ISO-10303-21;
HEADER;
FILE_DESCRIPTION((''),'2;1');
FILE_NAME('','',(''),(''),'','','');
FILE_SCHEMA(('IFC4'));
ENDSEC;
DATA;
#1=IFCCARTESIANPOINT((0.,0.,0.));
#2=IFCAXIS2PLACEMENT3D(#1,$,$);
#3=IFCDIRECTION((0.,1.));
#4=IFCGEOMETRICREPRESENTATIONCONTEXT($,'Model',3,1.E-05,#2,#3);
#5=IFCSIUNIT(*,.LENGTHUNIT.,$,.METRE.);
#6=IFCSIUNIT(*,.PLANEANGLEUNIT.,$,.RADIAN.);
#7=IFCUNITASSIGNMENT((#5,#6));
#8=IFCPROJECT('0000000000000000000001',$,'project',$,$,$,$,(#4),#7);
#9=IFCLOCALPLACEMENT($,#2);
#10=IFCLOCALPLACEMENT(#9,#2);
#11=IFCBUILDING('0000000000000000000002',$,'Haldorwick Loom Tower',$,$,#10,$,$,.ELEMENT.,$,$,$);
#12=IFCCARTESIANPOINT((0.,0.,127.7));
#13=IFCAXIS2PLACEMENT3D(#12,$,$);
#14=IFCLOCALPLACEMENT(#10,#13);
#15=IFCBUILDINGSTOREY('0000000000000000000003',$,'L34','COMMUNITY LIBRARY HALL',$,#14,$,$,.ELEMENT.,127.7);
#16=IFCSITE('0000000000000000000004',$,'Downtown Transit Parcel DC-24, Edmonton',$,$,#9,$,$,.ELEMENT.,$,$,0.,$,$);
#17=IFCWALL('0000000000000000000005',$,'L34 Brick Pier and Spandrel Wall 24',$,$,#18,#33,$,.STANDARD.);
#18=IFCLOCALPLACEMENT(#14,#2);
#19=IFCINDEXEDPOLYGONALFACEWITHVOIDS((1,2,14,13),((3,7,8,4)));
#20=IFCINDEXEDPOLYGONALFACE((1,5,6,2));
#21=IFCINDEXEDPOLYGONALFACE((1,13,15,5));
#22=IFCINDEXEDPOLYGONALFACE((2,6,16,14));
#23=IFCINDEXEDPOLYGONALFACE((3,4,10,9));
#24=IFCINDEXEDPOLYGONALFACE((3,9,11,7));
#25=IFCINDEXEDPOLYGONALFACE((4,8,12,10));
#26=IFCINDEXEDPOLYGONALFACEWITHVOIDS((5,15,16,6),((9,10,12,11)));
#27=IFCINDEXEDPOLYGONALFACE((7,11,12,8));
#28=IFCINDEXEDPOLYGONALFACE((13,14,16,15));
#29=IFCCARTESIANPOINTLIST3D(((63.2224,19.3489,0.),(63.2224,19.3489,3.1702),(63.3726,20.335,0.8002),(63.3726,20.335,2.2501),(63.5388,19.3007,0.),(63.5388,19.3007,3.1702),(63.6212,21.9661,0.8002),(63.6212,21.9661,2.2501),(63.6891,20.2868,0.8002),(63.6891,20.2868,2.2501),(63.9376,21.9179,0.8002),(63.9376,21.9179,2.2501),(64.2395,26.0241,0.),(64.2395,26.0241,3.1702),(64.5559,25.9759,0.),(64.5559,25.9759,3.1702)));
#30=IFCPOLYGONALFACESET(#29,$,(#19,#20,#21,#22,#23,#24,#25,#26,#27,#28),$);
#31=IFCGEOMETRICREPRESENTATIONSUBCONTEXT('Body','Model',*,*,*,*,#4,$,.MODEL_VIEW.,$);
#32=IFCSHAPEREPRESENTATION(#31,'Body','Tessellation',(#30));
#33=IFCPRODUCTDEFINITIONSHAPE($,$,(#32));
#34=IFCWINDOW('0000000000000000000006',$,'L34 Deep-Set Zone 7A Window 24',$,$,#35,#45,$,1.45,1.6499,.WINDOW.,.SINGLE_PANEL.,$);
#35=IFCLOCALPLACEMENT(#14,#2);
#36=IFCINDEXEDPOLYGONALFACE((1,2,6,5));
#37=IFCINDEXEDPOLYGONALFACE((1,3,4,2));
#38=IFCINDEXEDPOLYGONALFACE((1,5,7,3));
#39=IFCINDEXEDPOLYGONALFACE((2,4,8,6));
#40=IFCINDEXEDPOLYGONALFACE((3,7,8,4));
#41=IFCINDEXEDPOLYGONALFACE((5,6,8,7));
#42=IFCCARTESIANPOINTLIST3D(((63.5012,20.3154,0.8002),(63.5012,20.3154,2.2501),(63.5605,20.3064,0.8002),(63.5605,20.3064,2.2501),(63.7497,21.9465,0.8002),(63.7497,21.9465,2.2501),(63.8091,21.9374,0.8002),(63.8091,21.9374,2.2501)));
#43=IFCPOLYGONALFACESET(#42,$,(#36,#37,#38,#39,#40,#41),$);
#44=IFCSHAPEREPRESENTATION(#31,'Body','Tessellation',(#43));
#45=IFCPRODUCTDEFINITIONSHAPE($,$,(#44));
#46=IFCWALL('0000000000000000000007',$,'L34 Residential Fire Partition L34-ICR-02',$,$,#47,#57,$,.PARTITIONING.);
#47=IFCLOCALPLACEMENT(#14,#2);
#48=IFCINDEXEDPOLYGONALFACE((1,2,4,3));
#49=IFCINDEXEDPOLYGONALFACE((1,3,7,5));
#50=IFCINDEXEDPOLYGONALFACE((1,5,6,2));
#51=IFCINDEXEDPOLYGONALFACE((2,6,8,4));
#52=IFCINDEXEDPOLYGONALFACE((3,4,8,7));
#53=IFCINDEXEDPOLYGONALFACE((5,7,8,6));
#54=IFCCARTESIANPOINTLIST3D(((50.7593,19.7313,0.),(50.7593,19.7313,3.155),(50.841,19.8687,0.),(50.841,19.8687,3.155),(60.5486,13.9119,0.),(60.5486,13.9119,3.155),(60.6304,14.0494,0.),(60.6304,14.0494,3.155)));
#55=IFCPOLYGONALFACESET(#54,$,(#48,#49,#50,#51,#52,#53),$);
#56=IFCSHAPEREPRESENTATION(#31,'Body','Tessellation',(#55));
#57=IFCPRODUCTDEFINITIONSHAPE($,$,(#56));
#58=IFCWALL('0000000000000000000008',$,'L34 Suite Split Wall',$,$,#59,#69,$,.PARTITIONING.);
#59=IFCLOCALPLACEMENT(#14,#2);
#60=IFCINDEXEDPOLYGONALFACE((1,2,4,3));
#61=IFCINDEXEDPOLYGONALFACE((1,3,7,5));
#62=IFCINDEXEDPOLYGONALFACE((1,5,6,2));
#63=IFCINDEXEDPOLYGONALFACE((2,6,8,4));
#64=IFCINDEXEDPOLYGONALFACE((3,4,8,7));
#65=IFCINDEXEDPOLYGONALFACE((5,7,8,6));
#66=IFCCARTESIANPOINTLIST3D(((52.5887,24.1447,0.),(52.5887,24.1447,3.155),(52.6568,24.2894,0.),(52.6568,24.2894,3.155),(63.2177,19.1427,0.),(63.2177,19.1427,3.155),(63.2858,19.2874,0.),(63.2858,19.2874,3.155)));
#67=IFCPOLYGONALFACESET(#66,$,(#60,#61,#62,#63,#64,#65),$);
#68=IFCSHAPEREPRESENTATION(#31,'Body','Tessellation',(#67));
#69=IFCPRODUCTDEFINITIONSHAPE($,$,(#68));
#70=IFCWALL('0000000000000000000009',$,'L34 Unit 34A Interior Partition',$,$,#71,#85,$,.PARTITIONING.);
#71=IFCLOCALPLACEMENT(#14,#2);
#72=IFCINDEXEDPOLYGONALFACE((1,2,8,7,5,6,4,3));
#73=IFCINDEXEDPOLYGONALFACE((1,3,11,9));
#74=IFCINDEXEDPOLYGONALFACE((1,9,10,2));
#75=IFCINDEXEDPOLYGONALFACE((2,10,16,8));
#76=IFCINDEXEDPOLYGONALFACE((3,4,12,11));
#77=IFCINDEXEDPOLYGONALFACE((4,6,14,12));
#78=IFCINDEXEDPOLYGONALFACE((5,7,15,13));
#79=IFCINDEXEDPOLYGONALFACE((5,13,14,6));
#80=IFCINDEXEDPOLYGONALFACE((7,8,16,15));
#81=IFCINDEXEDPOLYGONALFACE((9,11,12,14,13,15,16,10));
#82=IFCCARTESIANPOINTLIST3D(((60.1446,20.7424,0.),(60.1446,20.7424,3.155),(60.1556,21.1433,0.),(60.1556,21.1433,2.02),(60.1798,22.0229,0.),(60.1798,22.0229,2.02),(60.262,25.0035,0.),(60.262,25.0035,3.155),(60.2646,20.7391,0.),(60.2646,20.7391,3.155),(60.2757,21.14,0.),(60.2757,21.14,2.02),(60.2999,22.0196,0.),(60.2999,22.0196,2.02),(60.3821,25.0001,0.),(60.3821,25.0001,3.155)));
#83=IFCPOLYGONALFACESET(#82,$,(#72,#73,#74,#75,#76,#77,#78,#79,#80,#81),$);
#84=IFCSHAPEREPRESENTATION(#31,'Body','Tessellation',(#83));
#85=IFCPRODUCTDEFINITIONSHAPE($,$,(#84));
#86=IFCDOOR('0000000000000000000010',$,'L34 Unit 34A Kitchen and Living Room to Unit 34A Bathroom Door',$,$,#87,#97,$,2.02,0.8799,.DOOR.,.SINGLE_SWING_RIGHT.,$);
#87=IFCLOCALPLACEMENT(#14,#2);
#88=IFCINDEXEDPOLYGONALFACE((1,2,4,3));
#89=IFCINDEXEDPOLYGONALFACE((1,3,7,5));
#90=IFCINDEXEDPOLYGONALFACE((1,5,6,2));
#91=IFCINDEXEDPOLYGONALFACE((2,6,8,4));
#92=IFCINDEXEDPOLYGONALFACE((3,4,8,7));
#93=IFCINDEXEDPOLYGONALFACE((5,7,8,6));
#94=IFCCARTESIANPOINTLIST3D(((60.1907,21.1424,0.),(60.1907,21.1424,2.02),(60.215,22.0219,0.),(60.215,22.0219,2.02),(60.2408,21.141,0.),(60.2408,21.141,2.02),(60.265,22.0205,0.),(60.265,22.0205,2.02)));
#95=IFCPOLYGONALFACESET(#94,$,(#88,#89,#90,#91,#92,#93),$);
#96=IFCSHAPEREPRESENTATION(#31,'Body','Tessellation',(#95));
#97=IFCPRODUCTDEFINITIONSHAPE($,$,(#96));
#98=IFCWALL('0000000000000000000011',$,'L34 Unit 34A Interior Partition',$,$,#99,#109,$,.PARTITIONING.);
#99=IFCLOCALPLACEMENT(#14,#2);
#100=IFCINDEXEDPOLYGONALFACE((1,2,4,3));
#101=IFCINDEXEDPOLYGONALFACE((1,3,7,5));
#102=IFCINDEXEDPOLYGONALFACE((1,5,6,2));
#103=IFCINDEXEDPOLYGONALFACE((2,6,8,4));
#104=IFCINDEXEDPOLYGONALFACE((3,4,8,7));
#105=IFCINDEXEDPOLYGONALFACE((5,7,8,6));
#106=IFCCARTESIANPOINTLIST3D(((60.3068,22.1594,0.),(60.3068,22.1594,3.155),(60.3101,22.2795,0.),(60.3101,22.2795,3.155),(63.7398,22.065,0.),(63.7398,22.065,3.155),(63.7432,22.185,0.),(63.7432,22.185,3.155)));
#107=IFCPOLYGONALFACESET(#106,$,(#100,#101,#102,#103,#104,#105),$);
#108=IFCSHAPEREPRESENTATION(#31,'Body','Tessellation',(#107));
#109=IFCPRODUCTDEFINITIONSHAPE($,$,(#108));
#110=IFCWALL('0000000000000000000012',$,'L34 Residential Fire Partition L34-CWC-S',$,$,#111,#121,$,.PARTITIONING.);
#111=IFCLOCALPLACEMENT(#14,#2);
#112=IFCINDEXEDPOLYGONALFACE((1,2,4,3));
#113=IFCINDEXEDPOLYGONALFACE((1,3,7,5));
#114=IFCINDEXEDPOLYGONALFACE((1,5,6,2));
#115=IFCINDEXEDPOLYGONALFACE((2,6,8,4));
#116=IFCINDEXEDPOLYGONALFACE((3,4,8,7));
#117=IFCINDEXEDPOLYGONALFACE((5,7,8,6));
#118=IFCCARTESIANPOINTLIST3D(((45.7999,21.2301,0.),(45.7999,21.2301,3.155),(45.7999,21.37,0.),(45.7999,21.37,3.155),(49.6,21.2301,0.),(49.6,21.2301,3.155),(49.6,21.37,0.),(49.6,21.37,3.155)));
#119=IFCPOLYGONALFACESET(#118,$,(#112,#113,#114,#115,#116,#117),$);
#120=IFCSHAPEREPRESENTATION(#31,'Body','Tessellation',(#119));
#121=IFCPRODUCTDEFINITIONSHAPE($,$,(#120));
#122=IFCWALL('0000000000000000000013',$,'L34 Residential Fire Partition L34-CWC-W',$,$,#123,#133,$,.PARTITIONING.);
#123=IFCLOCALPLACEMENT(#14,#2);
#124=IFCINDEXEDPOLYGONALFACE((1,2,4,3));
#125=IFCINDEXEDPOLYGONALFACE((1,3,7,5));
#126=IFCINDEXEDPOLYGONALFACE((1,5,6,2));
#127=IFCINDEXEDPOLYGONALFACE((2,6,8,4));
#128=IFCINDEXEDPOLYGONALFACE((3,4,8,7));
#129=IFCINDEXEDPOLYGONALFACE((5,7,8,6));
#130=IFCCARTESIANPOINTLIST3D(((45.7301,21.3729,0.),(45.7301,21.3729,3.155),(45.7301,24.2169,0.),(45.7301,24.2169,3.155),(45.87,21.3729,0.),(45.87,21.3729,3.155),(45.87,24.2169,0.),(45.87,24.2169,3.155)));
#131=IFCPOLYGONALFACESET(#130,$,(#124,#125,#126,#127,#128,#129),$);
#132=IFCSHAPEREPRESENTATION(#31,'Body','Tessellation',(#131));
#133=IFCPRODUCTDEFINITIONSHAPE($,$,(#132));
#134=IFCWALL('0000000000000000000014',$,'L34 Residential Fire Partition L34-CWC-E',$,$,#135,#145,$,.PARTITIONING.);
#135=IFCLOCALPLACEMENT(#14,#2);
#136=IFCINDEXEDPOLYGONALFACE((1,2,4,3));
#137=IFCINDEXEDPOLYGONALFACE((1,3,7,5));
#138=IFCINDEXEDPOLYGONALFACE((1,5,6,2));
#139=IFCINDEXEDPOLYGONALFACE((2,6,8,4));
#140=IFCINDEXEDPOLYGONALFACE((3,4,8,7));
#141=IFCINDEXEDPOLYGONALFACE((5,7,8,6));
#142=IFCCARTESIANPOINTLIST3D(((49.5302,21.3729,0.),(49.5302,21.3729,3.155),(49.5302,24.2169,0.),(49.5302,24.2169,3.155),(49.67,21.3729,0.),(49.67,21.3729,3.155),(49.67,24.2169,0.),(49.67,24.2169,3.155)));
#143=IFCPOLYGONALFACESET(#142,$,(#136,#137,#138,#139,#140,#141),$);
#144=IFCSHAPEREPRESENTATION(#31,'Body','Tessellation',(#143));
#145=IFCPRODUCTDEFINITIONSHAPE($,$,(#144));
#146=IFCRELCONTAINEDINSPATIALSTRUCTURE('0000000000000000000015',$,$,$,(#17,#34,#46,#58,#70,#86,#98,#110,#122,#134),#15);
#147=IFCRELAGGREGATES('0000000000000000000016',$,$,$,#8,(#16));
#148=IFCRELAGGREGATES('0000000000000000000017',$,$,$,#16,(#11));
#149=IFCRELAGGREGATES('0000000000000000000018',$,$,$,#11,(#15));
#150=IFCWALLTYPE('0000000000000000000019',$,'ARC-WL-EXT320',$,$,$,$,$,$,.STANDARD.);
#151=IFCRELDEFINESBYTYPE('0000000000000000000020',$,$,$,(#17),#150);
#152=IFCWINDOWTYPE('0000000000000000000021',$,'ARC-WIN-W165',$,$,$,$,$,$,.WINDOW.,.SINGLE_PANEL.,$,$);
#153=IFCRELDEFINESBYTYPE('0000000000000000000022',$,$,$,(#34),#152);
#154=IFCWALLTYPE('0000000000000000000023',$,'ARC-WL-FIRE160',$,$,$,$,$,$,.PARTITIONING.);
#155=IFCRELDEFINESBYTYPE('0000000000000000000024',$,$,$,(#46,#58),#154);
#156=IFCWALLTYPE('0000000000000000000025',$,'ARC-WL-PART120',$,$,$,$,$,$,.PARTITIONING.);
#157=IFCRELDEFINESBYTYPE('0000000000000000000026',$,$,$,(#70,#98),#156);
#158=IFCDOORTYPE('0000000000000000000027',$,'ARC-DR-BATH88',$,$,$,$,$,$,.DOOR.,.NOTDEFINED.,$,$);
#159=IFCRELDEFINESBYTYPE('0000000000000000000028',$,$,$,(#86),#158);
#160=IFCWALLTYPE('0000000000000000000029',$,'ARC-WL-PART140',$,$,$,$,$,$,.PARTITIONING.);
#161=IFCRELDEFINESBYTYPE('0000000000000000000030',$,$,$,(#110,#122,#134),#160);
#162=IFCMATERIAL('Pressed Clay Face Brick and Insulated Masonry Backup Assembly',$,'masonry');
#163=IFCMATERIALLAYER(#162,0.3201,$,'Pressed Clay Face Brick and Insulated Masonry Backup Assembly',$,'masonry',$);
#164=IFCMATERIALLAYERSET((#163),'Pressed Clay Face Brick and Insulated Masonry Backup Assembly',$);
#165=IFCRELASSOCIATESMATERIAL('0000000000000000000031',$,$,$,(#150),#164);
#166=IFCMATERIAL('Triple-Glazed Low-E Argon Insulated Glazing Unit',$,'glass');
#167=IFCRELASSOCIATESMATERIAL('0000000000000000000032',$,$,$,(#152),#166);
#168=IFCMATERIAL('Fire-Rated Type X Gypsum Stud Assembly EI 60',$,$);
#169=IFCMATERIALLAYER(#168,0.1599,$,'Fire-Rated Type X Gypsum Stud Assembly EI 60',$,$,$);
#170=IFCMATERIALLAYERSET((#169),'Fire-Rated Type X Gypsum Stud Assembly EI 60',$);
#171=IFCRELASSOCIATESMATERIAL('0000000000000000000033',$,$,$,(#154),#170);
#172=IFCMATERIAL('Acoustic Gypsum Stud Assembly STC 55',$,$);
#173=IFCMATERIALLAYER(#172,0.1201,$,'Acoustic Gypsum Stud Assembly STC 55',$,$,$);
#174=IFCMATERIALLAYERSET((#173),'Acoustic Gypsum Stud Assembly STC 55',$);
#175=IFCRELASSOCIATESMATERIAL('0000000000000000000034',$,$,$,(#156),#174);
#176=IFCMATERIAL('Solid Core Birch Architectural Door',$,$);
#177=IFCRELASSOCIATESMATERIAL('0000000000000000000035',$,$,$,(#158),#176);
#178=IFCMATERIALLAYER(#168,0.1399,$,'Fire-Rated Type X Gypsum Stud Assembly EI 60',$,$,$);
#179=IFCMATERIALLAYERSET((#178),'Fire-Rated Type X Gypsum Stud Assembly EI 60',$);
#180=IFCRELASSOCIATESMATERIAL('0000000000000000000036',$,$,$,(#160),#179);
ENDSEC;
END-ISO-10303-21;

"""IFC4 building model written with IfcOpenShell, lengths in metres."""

from ifc_helpers import new_model, si_unit, direction, frame, frame_2d, origin, place, context, subcontext, project, spatial, rectangle, extrude, material, layer, layer_set, type_object, element, fill, save


model = new_model("IFC4")

# Units and contexts
model_context = context("Model", 3, precision=1e-05, world=origin(), true_north=direction((0.0, 1.0)))
body_context = subcontext(model_context, "Body", "Model", "MODEL_VIEW")
ifc_project = project(units=[si_unit("LENGTHUNIT", "METRE"), si_unit("PLANEANGLEUNIT", "RADIAN")], contexts=[model_context])

# Site, building, storey
site_placement = place(None, origin())
site = spatial("IfcSite", under=ifc_project, at=site_placement, Name="Downtown Transit Parcel DC-24, Edmonton", CompositionType="ELEMENT", RefElevation=0.0)
building_placement = place(site_placement, origin())
building = spatial("IfcBuilding", under=site, at=building_placement, Name="Haldorwick Loom Tower", CompositionType="ELEMENT")
storey_placement = place(building_placement, frame((0.0, 0.0, 127.7)))
storey = spatial("IfcBuildingStorey", under=building, at=storey_placement, Name="L34", Description="COMMUNITY LIBRARY HALL", CompositionType="ELEMENT", Elevation=127.7)

# Shared definitions
ifc_material_1 = material(Name="Pressed Clay Face Brick and Insulated Masonry Backup Assembly", Category="masonry")
ifc_layer_1 = layer(ifc_material_1, 0.3201, Name="Pressed Clay Face Brick and Insulated Masonry Backup Assembly", Category="masonry")
ifc_layer_set_1 = layer_set([ifc_layer_1], Name="Pressed Clay Face Brick and Insulated Masonry Backup Assembly")
wall_type_1 = type_object("IfcWallType", Name="ARC-WL-EXT320", PredefinedType="STANDARD", material=ifc_layer_set_1)
ifc_material_2 = material(Name="Triple-Glazed Low-E Argon Insulated Glazing Unit", Category="glass")
window_type = type_object("IfcWindowType", Name="ARC-WIN-W165", PartitioningType="SINGLE_PANEL", PredefinedType="WINDOW", material=ifc_material_2)

# Wall, opening, window
wall_1_placement = place(storey_placement, frame((63.3806, 19.325, 0.0), z_axis=(0.0, 0.0, 1.0), x_axis=(0.150633, 0.98859, 0.0)))
wall_1 = element("IfcWall", 1, at=wall_1_placement, inside=storey, type_object=wall_type_1, Name="L34 Brick Pier and Spandrel Wall 24", PredefinedType="STANDARD", context=body_context, shape_type="SweptSolid", body=[
    extrude(rectangle(XDim=6.7522, YDim=0.3201, at=frame_2d((3.376, 0.0))), origin(), (0.0, 0.0, 1.0), 3.1702),
])
opening_1_placement = place(wall_1_placement, frame((0.9973, 0.0, 0.8)))
opening_1 = element("IfcOpeningElement", 2, at=opening_1_placement, cuts=wall_1, PredefinedType="OPENING", context=body_context, shape_type="SweptSolid", body=[
    extrude(rectangle(XDim=1.6499, YDim=1.45, at=frame_2d((0.825, 0.7251))), frame((0.0, 0.1699, 0.0), z_axis=(0.0, -1.0, 0.0), x_axis=(1.0, 0.0, 0.0)), (0.0, 0.0, 1.0), 0.3401),
])
window_1_placement = place(opening_1_placement, origin())
window_1 = element("IfcWindow", 3, at=window_1_placement, inside=storey, type_object=window_type, Name="L34 Deep-Set Zone 7A Window 24", OverallHeight=1.45, OverallWidth=1.6499, PartitioningType="SINGLE_PANEL", PredefinedType="WINDOW", context=body_context, shape_type="SweptSolid", body=[
    extrude(rectangle(XDim=1.6499, YDim=1.45, at=frame_2d((0.825, 0.7251))), frame((0.0, 0.03, 0.0), z_axis=(0.0, -1.0, 0.0), x_axis=(1.0, 0.0, 0.0)), (0.0, 0.0, 1.0), 0.0601),
])
fill(opening_1, window_1)

# Walls
ifc_material_3 = material(Name="Fire-Rated Type X Gypsum Stud Assembly EI 60")
ifc_layer_2 = layer(ifc_material_3, 0.1599, Name="Fire-Rated Type X Gypsum Stud Assembly EI 60")
ifc_layer_set_2 = layer_set([ifc_layer_2], Name="Fire-Rated Type X Gypsum Stud Assembly EI 60")
wall_type_2 = type_object("IfcWallType", Name="ARC-WL-FIRE160", PredefinedType="PARTITIONING", material=ifc_layer_set_2)
wall_2_placement = place(storey_placement, frame((50.8, 19.8, 0.0), z_axis=(0.0, 0.0, 1.0), x_axis=(0.859587, -0.510989, 0.0)))
element("IfcWall", 4, at=wall_2_placement, inside=storey, type_object=wall_type_2, Name="L34 Residential Fire Partition L34-ICR-02", PredefinedType="PARTITIONING", context=body_context, shape_type="SweptSolid", body=[
    extrude(rectangle(XDim=11.3884, YDim=0.1599, at=frame_2d((5.6943, 0.0))), origin(), (0.0, 0.0, 1.0), 3.155),
])
wall_3_placement = place(storey_placement, frame((63.2517, 19.2151, 0.0), z_axis=(0.0, 0.0, 1.0), x_axis=(-0.904815, 0.425805, 0.0)))
element("IfcWall", 5, at=wall_3_placement, inside=storey, type_object=wall_type_2, Name="L34 Suite Split Wall", PredefinedType="PARTITIONING", context=body_context, shape_type="SweptSolid", body=[
    extrude(rectangle(XDim=11.7471, YDim=0.1599, at=frame_2d((5.8735, 0.0))), origin(), (0.0, 0.0, 1.0), 3.155),
])

# Wall, opening, door
ifc_material_4 = material(Name="Acoustic Gypsum Stud Assembly STC 55")
ifc_layer_3 = layer(ifc_material_4, 0.1201, Name="Acoustic Gypsum Stud Assembly STC 55")
ifc_layer_set_3 = layer_set([ifc_layer_3], Name="Acoustic Gypsum Stud Assembly STC 55")
wall_type_3 = type_object("IfcWallType", Name="ARC-WL-PART120", PredefinedType="PARTITIONING", material=ifc_layer_set_3)
wall_4_placement = place(storey_placement, frame((60.2046, 20.7407, 0.0), z_axis=(0.0, 0.0, 1.0), x_axis=(0.027549, 0.99962, 0.0)))
wall_4 = element("IfcWall", 6, at=wall_4_placement, inside=storey, type_object=wall_type_3, Name="L34 Unit 34A Interior Partition", PredefinedType="PARTITIONING", context=body_context, shape_type="SweptSolid", body=[
    extrude(rectangle(XDim=4.2627, YDim=0.1201, at=frame_2d((2.1313, 0.0))), origin(), (0.0, 0.0, 1.0), 3.155),
])
opening_2_placement = place(wall_4_placement, frame((0.4011, 0.0, 0.0)))
opening_2 = element("IfcOpeningElement", 7, at=opening_2_placement, cuts=wall_4, PredefinedType="OPENING", context=body_context, shape_type="SweptSolid", body=[
    extrude(rectangle(XDim=0.8799, YDim=2.02, at=frame_2d((0.4399, 1.01))), frame((0.0, 0.0701, 0.0), z_axis=(0.0, -1.0, 0.0), x_axis=(1.0, 0.0, 0.0)), (0.0, 0.0, 1.0), 0.1401),
])
ifc_material_5 = material(Name="Solid Core Birch Architectural Door")
door_type_1 = type_object("IfcDoorType", Name="ARC-DR-BATH88", OperationType="NOTDEFINED", PredefinedType="DOOR", material=ifc_material_5)
door_1_placement = place(opening_2_placement, origin())
door_1 = element("IfcDoor", 8, at=door_1_placement, inside=storey, type_object=door_type_1, Name="L34 Unit 34A Kitchen and Living Room to Unit 34A Bathroom Door", OperationType="SINGLE_SWING_RIGHT", OverallHeight=2.02, OverallWidth=0.8799, PredefinedType="DOOR", context=body_context, shape_type="SweptSolid", body=[
    extrude(rectangle(XDim=0.8799, YDim=2.02, at=frame_2d((0.4399, 1.01))), frame((0.0, 0.0249, 0.0), z_axis=(0.0, -1.0, 0.0), x_axis=(1.0, 0.0, 0.0)), (0.0, 0.0, 1.0), 0.05),
])
fill(opening_2, door_1)

# Walls
wall_5_placement = place(storey_placement, frame((60.3083, 22.2195, 0.0), z_axis=(0.0, 0.0, 1.0), x_axis=(0.999622, -0.027511, 0.0)))
element("IfcWall", 9, at=wall_5_placement, inside=storey, type_object=wall_type_3, Name="L34 Unit 34A Interior Partition", PredefinedType="PARTITIONING", context=body_context, shape_type="SweptSolid", body=[
    extrude(rectangle(XDim=3.4343, YDim=0.1201, at=frame_2d((1.7173, 0.0))), origin(), (0.0, 0.0, 1.0), 3.155),
])
ifc_layer_4 = layer(ifc_material_3, 0.1399, Name="Fire-Rated Type X Gypsum Stud Assembly EI 60")
ifc_layer_set_4 = layer_set([ifc_layer_4], Name="Fire-Rated Type X Gypsum Stud Assembly EI 60")
wall_type_4 = type_object("IfcWallType", Name="ARC-WL-PART140", PredefinedType="PARTITIONING", material=ifc_layer_set_4)
wall_6_placement = place(storey_placement, frame((45.8, 21.3, 0.0), z_axis=(0.0, 0.0, 1.0), x_axis=(1.0, 0.0, 0.0)))
element("IfcWall", 10, at=wall_6_placement, inside=storey, type_object=wall_type_4, Name="L34 Residential Fire Partition L34-CWC-S", PredefinedType="PARTITIONING", context=body_context, shape_type="SweptSolid", body=[
    extrude(rectangle(XDim=3.8, YDim=0.1399, at=frame_2d((1.8999, 0.0))), origin(), (0.0, 0.0, 1.0), 3.155),
])
for number, where, z_axis, x_axis, name in (
    (11, (45.8, 21.373, 0.0), (0.0, 0.0, 1.0), (0.0, 1.0, 0.0), "L34 Residential Fire Partition L34-CWC-W"),
    (12, (49.6001, 21.373, 0.0), (0.0, 0.0, 1.0), (0.0, 1.0, 0.0), "L34 Residential Fire Partition L34-CWC-E"),
):
    element("IfcWall", number, at=place(storey_placement, frame(where, z_axis=z_axis, x_axis=x_axis)), inside=storey, type_object=wall_type_4, Name=name, PredefinedType="PARTITIONING", context=body_context, shape_type="SweptSolid", body=[
        extrude(rectangle(XDim=2.844, YDim=0.1399, at=frame_2d((1.4219, 0.0))), origin(), (0.0, 0.0, 1.0), 3.155),
    ])

save(model, "model.ifc")
